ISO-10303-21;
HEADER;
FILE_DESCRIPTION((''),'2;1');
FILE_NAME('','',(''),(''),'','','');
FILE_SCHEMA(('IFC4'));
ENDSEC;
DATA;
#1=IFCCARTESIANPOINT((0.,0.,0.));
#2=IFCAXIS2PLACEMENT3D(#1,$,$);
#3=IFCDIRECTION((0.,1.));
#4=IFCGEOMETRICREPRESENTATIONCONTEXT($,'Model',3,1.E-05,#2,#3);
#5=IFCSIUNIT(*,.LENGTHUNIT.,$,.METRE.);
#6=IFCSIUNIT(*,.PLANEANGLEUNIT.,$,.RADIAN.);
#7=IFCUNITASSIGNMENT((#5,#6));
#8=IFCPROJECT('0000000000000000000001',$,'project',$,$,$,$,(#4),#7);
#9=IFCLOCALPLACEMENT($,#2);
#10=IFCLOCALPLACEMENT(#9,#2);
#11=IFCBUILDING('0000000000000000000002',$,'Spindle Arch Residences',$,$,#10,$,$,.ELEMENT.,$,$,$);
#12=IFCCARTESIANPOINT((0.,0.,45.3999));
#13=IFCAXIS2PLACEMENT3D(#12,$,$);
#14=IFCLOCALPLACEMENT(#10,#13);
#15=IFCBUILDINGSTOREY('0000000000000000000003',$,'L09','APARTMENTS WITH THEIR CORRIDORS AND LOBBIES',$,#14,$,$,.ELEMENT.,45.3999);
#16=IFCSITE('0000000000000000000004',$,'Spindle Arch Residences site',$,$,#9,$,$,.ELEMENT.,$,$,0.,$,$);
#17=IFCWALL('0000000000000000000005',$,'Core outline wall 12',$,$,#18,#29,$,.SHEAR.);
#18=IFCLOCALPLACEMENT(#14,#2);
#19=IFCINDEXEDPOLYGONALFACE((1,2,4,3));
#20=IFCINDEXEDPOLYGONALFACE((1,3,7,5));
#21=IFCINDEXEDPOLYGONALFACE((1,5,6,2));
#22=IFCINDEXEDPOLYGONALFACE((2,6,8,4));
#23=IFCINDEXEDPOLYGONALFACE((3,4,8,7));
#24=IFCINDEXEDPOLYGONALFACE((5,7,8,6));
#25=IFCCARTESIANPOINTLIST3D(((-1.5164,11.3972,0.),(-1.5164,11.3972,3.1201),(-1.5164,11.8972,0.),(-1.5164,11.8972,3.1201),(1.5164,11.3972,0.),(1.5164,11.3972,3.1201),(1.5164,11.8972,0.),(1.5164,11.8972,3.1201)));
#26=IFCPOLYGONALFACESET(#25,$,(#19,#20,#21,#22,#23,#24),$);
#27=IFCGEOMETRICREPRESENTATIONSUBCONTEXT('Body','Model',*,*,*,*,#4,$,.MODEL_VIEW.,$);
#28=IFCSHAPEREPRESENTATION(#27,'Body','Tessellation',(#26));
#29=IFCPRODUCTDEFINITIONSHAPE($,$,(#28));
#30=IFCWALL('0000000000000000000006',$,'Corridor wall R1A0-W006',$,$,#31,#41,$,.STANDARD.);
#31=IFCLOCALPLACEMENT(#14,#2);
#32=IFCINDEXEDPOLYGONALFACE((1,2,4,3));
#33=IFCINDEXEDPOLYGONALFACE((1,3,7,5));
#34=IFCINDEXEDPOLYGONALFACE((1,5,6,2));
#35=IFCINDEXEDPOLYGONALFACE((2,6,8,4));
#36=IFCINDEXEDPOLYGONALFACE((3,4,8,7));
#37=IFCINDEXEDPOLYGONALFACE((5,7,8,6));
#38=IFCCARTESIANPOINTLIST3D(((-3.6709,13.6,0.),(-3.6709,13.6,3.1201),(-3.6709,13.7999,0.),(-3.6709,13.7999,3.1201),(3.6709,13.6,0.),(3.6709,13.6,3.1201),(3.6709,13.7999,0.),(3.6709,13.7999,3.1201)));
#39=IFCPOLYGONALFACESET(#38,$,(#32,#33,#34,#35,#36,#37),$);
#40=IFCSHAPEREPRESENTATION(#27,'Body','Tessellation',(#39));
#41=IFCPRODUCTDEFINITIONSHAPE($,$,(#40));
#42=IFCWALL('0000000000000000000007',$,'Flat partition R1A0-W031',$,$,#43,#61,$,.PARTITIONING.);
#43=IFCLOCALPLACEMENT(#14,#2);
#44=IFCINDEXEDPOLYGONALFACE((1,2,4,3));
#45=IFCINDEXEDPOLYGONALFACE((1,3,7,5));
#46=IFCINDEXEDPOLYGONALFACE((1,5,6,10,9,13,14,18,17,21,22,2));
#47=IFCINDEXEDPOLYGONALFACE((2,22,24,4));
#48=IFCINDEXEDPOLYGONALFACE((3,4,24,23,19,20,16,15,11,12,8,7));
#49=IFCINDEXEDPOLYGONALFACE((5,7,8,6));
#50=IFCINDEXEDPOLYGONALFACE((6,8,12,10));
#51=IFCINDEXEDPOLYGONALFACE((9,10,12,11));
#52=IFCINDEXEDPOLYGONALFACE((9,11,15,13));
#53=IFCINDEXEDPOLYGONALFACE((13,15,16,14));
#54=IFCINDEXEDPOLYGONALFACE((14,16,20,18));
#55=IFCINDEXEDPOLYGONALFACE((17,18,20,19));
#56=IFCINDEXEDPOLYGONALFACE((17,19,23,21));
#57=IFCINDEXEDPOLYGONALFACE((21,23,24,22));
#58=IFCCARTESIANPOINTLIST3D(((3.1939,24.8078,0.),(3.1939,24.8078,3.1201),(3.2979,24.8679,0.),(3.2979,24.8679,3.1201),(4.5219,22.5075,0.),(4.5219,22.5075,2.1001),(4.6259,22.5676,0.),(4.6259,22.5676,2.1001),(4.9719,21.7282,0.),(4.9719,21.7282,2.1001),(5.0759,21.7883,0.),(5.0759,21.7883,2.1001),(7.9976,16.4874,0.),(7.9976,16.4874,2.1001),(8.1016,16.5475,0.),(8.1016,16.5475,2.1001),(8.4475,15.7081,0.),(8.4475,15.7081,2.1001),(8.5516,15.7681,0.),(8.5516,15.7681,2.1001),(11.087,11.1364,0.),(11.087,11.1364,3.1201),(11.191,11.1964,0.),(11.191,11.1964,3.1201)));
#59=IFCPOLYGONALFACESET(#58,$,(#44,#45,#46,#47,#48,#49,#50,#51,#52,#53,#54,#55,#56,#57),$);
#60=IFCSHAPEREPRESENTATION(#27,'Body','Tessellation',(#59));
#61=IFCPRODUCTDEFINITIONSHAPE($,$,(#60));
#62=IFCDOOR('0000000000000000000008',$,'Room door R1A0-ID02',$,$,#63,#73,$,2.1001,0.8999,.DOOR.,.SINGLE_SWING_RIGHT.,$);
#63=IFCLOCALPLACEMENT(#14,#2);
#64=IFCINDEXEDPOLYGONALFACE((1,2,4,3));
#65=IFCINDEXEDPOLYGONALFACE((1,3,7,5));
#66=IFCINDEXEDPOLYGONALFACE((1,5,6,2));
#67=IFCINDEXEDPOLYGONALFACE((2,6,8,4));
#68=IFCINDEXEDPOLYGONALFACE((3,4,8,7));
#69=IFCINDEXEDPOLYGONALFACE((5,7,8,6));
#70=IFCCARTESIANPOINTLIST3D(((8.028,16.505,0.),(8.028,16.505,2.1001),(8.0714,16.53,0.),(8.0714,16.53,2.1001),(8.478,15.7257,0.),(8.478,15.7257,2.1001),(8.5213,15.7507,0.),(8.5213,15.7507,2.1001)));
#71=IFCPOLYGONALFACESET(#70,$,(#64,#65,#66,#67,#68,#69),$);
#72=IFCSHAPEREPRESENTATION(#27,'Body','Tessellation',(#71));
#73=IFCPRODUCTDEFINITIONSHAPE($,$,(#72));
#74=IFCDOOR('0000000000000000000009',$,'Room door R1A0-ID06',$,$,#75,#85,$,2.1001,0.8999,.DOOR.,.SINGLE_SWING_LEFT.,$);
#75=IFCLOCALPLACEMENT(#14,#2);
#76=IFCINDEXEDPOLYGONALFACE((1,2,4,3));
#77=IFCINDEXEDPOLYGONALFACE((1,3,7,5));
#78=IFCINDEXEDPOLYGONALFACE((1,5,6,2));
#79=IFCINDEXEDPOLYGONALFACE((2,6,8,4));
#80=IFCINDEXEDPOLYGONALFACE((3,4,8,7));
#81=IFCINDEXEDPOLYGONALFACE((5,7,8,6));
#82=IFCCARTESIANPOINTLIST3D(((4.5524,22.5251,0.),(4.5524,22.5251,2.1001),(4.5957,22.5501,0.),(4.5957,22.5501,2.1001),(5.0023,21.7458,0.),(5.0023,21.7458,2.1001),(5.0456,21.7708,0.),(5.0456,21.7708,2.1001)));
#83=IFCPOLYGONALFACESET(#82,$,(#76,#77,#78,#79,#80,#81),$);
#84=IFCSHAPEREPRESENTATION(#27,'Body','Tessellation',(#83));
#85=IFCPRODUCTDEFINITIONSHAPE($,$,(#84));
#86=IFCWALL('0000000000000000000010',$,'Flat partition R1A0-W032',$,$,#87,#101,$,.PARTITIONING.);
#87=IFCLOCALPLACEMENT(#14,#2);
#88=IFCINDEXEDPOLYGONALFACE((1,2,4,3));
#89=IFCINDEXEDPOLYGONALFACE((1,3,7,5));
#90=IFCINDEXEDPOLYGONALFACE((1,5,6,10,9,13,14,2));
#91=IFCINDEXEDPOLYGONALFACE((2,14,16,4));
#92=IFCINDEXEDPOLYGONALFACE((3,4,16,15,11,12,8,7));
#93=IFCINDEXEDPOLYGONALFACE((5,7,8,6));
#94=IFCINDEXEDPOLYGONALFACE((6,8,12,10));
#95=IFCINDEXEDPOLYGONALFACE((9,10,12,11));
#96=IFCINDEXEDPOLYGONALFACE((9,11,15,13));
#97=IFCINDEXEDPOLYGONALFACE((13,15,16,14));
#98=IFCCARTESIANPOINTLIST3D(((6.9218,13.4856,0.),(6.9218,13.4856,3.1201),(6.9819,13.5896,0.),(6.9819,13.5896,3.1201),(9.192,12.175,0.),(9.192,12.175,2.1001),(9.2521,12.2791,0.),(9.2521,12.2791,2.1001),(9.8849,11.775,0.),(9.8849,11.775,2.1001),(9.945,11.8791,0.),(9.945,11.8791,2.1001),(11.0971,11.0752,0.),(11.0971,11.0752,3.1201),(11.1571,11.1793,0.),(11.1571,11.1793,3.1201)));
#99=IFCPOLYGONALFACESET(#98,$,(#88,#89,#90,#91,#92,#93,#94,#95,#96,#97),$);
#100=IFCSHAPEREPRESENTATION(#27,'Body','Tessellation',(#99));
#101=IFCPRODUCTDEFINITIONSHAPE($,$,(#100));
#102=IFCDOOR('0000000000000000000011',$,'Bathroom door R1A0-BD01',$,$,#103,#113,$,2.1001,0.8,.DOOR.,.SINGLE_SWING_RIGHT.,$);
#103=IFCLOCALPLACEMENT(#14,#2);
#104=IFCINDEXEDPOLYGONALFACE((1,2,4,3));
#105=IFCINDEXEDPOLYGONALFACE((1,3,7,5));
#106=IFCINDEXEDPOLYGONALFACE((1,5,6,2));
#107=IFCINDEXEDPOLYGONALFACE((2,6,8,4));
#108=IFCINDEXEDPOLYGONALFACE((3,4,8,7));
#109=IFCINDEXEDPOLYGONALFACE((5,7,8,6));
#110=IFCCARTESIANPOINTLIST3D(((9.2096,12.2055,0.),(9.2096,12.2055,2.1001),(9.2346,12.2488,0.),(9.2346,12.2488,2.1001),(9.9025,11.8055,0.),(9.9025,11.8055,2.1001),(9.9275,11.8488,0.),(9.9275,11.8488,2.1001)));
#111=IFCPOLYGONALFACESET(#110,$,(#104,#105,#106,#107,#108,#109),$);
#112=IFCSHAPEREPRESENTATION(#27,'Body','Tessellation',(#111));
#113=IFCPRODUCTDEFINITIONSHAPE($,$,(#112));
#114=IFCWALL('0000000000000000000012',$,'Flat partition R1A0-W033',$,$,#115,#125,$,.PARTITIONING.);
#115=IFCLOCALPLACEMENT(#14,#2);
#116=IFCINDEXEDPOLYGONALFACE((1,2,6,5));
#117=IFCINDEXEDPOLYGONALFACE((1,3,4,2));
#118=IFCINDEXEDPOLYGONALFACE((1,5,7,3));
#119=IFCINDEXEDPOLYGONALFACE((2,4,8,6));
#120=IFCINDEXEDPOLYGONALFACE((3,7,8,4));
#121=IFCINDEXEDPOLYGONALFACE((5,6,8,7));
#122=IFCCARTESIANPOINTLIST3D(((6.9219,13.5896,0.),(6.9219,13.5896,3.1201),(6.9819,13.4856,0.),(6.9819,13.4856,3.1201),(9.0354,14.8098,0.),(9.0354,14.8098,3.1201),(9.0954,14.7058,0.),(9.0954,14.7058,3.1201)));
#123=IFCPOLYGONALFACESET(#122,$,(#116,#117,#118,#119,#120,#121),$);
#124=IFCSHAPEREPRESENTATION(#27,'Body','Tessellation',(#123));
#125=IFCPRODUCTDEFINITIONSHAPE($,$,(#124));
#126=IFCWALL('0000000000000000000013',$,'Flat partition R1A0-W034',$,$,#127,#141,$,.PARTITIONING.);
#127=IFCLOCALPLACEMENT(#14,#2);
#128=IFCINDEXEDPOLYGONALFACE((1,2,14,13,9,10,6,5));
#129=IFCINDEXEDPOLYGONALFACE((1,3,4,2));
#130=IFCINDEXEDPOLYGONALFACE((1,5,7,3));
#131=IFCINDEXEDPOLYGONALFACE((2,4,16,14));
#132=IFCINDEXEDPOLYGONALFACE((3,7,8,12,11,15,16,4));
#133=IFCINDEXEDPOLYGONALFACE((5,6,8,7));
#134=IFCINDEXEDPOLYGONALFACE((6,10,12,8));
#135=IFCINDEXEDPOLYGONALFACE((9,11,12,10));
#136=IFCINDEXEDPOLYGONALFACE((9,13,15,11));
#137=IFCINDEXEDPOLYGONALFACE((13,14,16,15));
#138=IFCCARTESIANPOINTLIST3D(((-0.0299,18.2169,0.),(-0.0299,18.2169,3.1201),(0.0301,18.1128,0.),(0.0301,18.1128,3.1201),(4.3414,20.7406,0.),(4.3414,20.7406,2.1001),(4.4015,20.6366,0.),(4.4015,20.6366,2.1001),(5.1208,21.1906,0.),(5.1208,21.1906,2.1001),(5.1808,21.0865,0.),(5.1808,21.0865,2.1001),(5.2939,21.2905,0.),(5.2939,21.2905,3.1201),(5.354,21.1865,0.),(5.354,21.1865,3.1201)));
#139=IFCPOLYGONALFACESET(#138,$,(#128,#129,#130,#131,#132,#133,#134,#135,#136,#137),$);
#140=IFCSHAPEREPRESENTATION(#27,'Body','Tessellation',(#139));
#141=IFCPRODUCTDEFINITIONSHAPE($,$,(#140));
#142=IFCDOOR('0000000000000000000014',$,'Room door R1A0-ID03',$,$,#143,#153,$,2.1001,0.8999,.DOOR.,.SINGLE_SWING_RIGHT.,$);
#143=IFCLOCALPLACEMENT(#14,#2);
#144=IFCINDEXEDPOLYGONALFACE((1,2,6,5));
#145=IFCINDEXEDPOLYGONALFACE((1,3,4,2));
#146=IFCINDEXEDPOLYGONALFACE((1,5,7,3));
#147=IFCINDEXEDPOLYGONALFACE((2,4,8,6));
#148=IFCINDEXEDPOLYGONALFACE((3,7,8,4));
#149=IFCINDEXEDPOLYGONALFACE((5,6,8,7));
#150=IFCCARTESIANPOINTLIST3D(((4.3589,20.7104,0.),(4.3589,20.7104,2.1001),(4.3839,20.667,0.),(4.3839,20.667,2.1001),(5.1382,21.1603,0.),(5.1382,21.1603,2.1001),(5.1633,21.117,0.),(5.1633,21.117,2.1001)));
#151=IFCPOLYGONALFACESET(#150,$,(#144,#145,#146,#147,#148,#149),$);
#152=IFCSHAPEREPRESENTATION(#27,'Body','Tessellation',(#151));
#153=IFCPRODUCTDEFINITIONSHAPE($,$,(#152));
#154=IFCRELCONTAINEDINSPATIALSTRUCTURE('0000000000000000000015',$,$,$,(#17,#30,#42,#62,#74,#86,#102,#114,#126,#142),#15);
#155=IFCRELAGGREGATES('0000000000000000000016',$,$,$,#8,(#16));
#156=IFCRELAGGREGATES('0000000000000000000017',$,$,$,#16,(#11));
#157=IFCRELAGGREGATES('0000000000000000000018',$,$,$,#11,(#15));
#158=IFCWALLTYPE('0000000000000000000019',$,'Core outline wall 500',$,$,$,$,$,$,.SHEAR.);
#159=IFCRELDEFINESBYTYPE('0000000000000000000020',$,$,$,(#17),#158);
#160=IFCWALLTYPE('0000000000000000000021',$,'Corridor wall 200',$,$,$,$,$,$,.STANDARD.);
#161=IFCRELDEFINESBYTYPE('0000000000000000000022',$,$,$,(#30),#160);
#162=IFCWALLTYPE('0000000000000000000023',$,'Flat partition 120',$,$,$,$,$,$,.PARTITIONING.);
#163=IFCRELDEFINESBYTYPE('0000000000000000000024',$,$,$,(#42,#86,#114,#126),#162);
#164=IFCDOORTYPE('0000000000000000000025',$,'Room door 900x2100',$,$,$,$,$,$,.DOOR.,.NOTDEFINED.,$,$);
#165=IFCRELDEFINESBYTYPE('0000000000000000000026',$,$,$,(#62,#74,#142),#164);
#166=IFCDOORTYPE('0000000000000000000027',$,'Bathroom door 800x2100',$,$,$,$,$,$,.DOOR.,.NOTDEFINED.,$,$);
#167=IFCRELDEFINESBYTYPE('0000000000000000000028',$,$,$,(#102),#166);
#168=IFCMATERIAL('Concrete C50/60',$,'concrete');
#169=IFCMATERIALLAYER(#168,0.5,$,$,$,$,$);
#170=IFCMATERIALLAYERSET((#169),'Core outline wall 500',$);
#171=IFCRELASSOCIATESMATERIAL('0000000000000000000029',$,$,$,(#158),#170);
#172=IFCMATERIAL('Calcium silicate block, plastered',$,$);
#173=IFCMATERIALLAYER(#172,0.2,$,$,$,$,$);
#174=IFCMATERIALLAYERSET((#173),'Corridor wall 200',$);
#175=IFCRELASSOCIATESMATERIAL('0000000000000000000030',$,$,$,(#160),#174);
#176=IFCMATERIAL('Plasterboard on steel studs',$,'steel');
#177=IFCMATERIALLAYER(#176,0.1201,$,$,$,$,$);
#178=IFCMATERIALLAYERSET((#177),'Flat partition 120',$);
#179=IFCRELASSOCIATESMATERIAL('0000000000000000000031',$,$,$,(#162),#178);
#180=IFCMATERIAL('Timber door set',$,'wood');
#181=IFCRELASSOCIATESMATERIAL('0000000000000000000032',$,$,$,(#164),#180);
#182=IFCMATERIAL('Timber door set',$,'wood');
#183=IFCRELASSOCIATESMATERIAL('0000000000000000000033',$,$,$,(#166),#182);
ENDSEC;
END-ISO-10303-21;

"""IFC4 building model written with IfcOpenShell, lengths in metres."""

from ifc_helpers import new_model, si_unit, direction, frame, frame_2d, origin, place, context, subcontext, project, spatial, rectangle, extrude, material, layer, layer_set, type_object, element, fill, save


model = new_model("IFC4")

# Units and contexts
model_context = context("Model", 3, precision=1e-05, world=origin(), true_north=direction((0.0, 1.0)))
body_context = subcontext(model_context, "Body", "Model", "MODEL_VIEW")
ifc_project = project(units=[si_unit("LENGTHUNIT", "METRE"), si_unit("PLANEANGLEUNIT", "RADIAN")], contexts=[model_context])

# Site, building, storey
site_placement = place(None, origin())
site = spatial("IfcSite", under=ifc_project, at=site_placement, Name="Spindle Arch Residences site", CompositionType="ELEMENT", RefElevation=0.0)
building_placement = place(site_placement, origin())
building = spatial("IfcBuilding", under=site, at=building_placement, Name="Spindle Arch Residences", CompositionType="ELEMENT")
storey_placement = place(building_placement, frame((0.0, 0.0, 45.3999)))
storey = spatial("IfcBuildingStorey", under=building, at=storey_placement, Name="L09", Description="APARTMENTS WITH THEIR CORRIDORS AND LOBBIES", CompositionType="ELEMENT", Elevation=45.3999)

# Walls
ifc_material_1 = material(Name="Concrete C50/60", Category="concrete")
ifc_layer_1 = layer(ifc_material_1, 0.5)
ifc_layer_set_1 = layer_set([ifc_layer_1], Name="Core outline wall 500")
wall_type_1 = type_object("IfcWallType", Name="Core outline wall 500", PredefinedType="SHEAR", material=ifc_layer_set_1)
wall_1_placement = place(storey_placement, frame((1.5164, 11.6472, 0.0), z_axis=(0.0, 0.0, 1.0), x_axis=(-1.0, 0.0, 0.0)))
element("IfcWall", 1, at=wall_1_placement, inside=storey, type_object=wall_type_1, Name="Core outline wall 12", PredefinedType="SHEAR", context=body_context, shape_type="SweptSolid", body=[
    extrude(rectangle(XDim=3.0327, YDim=0.5, at=frame_2d((1.5164, 0.0))), origin(), (0.0, 0.0, 1.0), 3.1201),
])
ifc_material_2 = material(Name="Calcium silicate block, plastered")
ifc_layer_2 = layer(ifc_material_2, 0.2)
ifc_layer_set_2 = layer_set([ifc_layer_2], Name="Corridor wall 200")
wall_type_2 = type_object("IfcWallType", Name="Corridor wall 200", PredefinedType="STANDARD", material=ifc_layer_set_2)
wall_2_placement = place(storey_placement, frame((3.6709, 13.7, 0.0), z_axis=(0.0, 0.0, 1.0), x_axis=(-1.0, 0.0, 0.0)))
element("IfcWall", 2, at=wall_2_placement, inside=storey, type_object=wall_type_2, Name="Corridor wall R1A0-W006", PredefinedType="STANDARD", context=body_context, shape_type="SweptSolid", body=[
    extrude(rectangle(XDim=7.3418, YDim=0.2, at=frame_2d((3.6709, 0.0))), origin(), (0.0, 0.0, 1.0), 3.1201),
])

# Wall, openings, doors
ifc_material_3 = material(Name="Plasterboard on steel studs", Category="steel")
ifc_layer_3 = layer(ifc_material_3, 0.1201)
ifc_layer_set_3 = layer_set([ifc_layer_3], Name="Flat partition 120")
wall_type_3 = type_object("IfcWallType", Name="Flat partition 120", PredefinedType="PARTITIONING", material=ifc_layer_set_3)
wall_3_placement = place(storey_placement, frame((11.1389, 11.1665, 0.0), z_axis=(0.0, 0.0, 1.0), x_axis=(-0.499995, 0.866028, 0.0)))
wall_3 = element("IfcWall", 3, at=wall_3_placement, inside=storey, type_object=wall_type_3, Name="Flat partition R1A0-W031", PredefinedType="PARTITIONING", context=body_context, shape_type="SweptSolid", body=[
    extrude(rectangle(XDim=15.7864, YDim=0.1201, at=frame_2d((7.8931, 0.0))), origin(), (0.0, 0.0, 1.0), 3.1201),
])
opening_1_placement = place(wall_3_placement, frame((5.2788, 0.0, 0.0)))
opening_1 = element("IfcOpeningElement", 4, at=opening_1_placement, cuts=wall_3, PredefinedType="OPENING", context=body_context, shape_type="SweptSolid", body=[
    extrude(rectangle(XDim=0.8999, YDim=2.1001, at=frame_2d((0.45, 1.05))), frame((0.0, 0.0701, 0.0), z_axis=(0.0, -1.0, 0.0), x_axis=(1.0, 0.0, 0.0)), (0.0, 0.0, 1.0), 0.1401),
])
opening_2_placement = place(wall_3_placement, frame((12.2302, 0.0, 0.0)))
opening_2 = element("IfcOpeningElement", 5, at=opening_2_placement, cuts=wall_3, PredefinedType="OPENING", context=body_context, shape_type="SweptSolid", body=[
    extrude(rectangle(XDim=0.8999, YDim=2.1001, at=frame_2d((0.45, 1.05))), frame((0.0, 0.0701, 0.0), z_axis=(0.0, -1.0, 0.0), x_axis=(1.0, 0.0, 0.0)), (0.0, 0.0, 1.0), 0.1401),
])
ifc_material_4 = material(Name="Timber door set", Category="wood")
door_type_1 = type_object("IfcDoorType", Name="Room door 900x2100", OperationType="NOTDEFINED", PredefinedType="DOOR", material=ifc_material_4)
door_1_placement = place(opening_1_placement, origin())
door_1 = element("IfcDoor", 6, at=door_1_placement, inside=storey, type_object=door_type_1, Name="Room door R1A0-ID02", OperationType="SINGLE_SWING_RIGHT", OverallHeight=2.1001, OverallWidth=0.8999, PredefinedType="DOOR", context=body_context, shape_type="SweptSolid", body=[
    extrude(rectangle(XDim=0.8999, YDim=2.1001, at=frame_2d((0.45, 1.05))), frame((0.0, 0.0249, 0.0), z_axis=(0.0, -1.0, 0.0), x_axis=(1.0, 0.0, 0.0)), (0.0, 0.0, 1.0), 0.05),
])
fill(opening_1, door_1)
door_2_placement = place(opening_2_placement, origin())
door_2 = element("IfcDoor", 7, at=door_2_placement, inside=storey, type_object=door_type_1, Name="Room door R1A0-ID06", OperationType="SINGLE_SWING_LEFT", OverallHeight=2.1001, OverallWidth=0.8999, PredefinedType="DOOR", context=body_context, shape_type="SweptSolid", body=[
    extrude(rectangle(XDim=0.8999, YDim=2.1001, at=frame_2d((0.45, 1.05))), frame((0.0, 0.0249, 0.0), z_axis=(0.0, -1.0, 0.0), x_axis=(1.0, 0.0, 0.0)), (0.0, 0.0, 1.0), 0.05),
])
fill(opening_2, door_2)

# Wall, opening, door
wall_4_placement = place(storey_placement, frame((11.1272, 11.1272, 0.0), z_axis=(0.0, 0.0, 1.0), x_axis=(-0.866044, 0.499968, 0.0)))
wall_4 = element("IfcWall", 8, at=wall_4_placement, inside=storey, type_object=wall_type_3, Name="Flat partition R1A0-W032", PredefinedType="PARTITIONING", context=body_context, shape_type="SweptSolid", body=[
    extrude(rectangle(XDim=4.821, YDim=0.1201, at=frame_2d((2.4106, 0.0))), origin(), (0.0, 0.0, 1.0), 3.1201),
])
opening_3_placement = place(wall_4_placement, frame((1.3999, 0.0, 0.0)))
opening_3 = element("IfcOpeningElement", 9, at=opening_3_placement, cuts=wall_4, PredefinedType="OPENING", context=body_context, shape_type="SweptSolid", body=[
    extrude(rectangle(XDim=0.8, YDim=2.1001, at=frame_2d((0.3999, 1.05))), frame((0.0, 0.0701, 0.0), z_axis=(0.0, -1.0, 0.0), x_axis=(1.0, 0.0, 0.0)), (0.0, 0.0, 1.0), 0.1401),
])
ifc_material_5 = material(Name="Timber door set", Category="wood")
door_type_2 = type_object("IfcDoorType", Name="Bathroom door 800x2100", OperationType="NOTDEFINED", PredefinedType="DOOR", material=ifc_material_5)
door_3_placement = place(opening_3_placement, origin())
door_3 = element("IfcDoor", 10, at=door_3_placement, inside=storey, type_object=door_type_2, Name="Bathroom door R1A0-BD01", OperationType="SINGLE_SWING_RIGHT", OverallHeight=2.1001, OverallWidth=0.8, PredefinedType="DOOR", context=body_context, shape_type="SweptSolid", body=[
    extrude(rectangle(XDim=0.8, YDim=2.1001, at=frame_2d((0.3999, 1.05))), frame((0.0, 0.0249, 0.0), z_axis=(0.0, -1.0, 0.0), x_axis=(1.0, 0.0, 0.0)), (0.0, 0.0, 1.0), 0.05),
])
fill(opening_3, door_3)

# Wall
wall_5_placement = place(storey_placement, frame((6.9519, 13.5376, 0.0), z_axis=(0.0, 0.0, 1.0), x_axis=(0.866031, 0.499991, 0.0)))
element("IfcWall", 11, at=wall_5_placement, inside=storey, type_object=wall_type_3, Name="Flat partition R1A0-W033", PredefinedType="PARTITIONING", context=body_context, shape_type="SweptSolid", body=[
    extrude(rectangle(XDim=2.4404, YDim=0.1201, at=frame_2d((1.2202, 0.0))), origin(), (0.0, 0.0, 1.0), 3.1201),
])

# Wall, opening, door
wall_6_placement = place(storey_placement, frame((5.324, 21.2385, 0.0), z_axis=(0.0, 0.0, 1.0), x_axis=(-0.86603, -0.499992, 0.0)))
wall_6 = element("IfcWall", 12, at=wall_6_placement, inside=storey, type_object=wall_type_3, Name="Flat partition R1A0-W034", PredefinedType="PARTITIONING", context=body_context, shape_type="SweptSolid", body=[
    extrude(rectangle(XDim=6.1475, YDim=0.1201, at=frame_2d((3.0737, 0.0))), origin(), (0.0, 0.0, 1.0), 3.1201),
])
opening_4_placement = place(wall_6_placement, frame((0.2, 0.0, 0.0)))
opening_4 = element("IfcOpeningElement", 13, at=opening_4_placement, cuts=wall_6, PredefinedType="OPENING", context=body_context, shape_type="SweptSolid", body=[
    extrude(rectangle(XDim=0.8999, YDim=2.1001, at=frame_2d((0.45, 1.05))), frame((0.0, 0.0701, 0.0), z_axis=(0.0, -1.0, 0.0), x_axis=(1.0, 0.0, 0.0)), (0.0, 0.0, 1.0), 0.1401),
])
door_4_placement = place(opening_4_placement, origin())
door_4 = element("IfcDoor", 14, at=door_4_placement, inside=storey, type_object=door_type_1, Name="Room door R1A0-ID03", OperationType="SINGLE_SWING_RIGHT", OverallHeight=2.1001, OverallWidth=0.8999, PredefinedType="DOOR", context=body_context, shape_type="SweptSolid", body=[
    extrude(rectangle(XDim=0.8999, YDim=2.1001, at=frame_2d((0.45, 1.05))), frame((0.0, 0.0249, 0.0), z_axis=(0.0, -1.0, 0.0), x_axis=(1.0, 0.0, 0.0)), (0.0, 0.0, 1.0), 0.05),
])
fill(opening_4, door_4)

save(model, "model.ifc")
